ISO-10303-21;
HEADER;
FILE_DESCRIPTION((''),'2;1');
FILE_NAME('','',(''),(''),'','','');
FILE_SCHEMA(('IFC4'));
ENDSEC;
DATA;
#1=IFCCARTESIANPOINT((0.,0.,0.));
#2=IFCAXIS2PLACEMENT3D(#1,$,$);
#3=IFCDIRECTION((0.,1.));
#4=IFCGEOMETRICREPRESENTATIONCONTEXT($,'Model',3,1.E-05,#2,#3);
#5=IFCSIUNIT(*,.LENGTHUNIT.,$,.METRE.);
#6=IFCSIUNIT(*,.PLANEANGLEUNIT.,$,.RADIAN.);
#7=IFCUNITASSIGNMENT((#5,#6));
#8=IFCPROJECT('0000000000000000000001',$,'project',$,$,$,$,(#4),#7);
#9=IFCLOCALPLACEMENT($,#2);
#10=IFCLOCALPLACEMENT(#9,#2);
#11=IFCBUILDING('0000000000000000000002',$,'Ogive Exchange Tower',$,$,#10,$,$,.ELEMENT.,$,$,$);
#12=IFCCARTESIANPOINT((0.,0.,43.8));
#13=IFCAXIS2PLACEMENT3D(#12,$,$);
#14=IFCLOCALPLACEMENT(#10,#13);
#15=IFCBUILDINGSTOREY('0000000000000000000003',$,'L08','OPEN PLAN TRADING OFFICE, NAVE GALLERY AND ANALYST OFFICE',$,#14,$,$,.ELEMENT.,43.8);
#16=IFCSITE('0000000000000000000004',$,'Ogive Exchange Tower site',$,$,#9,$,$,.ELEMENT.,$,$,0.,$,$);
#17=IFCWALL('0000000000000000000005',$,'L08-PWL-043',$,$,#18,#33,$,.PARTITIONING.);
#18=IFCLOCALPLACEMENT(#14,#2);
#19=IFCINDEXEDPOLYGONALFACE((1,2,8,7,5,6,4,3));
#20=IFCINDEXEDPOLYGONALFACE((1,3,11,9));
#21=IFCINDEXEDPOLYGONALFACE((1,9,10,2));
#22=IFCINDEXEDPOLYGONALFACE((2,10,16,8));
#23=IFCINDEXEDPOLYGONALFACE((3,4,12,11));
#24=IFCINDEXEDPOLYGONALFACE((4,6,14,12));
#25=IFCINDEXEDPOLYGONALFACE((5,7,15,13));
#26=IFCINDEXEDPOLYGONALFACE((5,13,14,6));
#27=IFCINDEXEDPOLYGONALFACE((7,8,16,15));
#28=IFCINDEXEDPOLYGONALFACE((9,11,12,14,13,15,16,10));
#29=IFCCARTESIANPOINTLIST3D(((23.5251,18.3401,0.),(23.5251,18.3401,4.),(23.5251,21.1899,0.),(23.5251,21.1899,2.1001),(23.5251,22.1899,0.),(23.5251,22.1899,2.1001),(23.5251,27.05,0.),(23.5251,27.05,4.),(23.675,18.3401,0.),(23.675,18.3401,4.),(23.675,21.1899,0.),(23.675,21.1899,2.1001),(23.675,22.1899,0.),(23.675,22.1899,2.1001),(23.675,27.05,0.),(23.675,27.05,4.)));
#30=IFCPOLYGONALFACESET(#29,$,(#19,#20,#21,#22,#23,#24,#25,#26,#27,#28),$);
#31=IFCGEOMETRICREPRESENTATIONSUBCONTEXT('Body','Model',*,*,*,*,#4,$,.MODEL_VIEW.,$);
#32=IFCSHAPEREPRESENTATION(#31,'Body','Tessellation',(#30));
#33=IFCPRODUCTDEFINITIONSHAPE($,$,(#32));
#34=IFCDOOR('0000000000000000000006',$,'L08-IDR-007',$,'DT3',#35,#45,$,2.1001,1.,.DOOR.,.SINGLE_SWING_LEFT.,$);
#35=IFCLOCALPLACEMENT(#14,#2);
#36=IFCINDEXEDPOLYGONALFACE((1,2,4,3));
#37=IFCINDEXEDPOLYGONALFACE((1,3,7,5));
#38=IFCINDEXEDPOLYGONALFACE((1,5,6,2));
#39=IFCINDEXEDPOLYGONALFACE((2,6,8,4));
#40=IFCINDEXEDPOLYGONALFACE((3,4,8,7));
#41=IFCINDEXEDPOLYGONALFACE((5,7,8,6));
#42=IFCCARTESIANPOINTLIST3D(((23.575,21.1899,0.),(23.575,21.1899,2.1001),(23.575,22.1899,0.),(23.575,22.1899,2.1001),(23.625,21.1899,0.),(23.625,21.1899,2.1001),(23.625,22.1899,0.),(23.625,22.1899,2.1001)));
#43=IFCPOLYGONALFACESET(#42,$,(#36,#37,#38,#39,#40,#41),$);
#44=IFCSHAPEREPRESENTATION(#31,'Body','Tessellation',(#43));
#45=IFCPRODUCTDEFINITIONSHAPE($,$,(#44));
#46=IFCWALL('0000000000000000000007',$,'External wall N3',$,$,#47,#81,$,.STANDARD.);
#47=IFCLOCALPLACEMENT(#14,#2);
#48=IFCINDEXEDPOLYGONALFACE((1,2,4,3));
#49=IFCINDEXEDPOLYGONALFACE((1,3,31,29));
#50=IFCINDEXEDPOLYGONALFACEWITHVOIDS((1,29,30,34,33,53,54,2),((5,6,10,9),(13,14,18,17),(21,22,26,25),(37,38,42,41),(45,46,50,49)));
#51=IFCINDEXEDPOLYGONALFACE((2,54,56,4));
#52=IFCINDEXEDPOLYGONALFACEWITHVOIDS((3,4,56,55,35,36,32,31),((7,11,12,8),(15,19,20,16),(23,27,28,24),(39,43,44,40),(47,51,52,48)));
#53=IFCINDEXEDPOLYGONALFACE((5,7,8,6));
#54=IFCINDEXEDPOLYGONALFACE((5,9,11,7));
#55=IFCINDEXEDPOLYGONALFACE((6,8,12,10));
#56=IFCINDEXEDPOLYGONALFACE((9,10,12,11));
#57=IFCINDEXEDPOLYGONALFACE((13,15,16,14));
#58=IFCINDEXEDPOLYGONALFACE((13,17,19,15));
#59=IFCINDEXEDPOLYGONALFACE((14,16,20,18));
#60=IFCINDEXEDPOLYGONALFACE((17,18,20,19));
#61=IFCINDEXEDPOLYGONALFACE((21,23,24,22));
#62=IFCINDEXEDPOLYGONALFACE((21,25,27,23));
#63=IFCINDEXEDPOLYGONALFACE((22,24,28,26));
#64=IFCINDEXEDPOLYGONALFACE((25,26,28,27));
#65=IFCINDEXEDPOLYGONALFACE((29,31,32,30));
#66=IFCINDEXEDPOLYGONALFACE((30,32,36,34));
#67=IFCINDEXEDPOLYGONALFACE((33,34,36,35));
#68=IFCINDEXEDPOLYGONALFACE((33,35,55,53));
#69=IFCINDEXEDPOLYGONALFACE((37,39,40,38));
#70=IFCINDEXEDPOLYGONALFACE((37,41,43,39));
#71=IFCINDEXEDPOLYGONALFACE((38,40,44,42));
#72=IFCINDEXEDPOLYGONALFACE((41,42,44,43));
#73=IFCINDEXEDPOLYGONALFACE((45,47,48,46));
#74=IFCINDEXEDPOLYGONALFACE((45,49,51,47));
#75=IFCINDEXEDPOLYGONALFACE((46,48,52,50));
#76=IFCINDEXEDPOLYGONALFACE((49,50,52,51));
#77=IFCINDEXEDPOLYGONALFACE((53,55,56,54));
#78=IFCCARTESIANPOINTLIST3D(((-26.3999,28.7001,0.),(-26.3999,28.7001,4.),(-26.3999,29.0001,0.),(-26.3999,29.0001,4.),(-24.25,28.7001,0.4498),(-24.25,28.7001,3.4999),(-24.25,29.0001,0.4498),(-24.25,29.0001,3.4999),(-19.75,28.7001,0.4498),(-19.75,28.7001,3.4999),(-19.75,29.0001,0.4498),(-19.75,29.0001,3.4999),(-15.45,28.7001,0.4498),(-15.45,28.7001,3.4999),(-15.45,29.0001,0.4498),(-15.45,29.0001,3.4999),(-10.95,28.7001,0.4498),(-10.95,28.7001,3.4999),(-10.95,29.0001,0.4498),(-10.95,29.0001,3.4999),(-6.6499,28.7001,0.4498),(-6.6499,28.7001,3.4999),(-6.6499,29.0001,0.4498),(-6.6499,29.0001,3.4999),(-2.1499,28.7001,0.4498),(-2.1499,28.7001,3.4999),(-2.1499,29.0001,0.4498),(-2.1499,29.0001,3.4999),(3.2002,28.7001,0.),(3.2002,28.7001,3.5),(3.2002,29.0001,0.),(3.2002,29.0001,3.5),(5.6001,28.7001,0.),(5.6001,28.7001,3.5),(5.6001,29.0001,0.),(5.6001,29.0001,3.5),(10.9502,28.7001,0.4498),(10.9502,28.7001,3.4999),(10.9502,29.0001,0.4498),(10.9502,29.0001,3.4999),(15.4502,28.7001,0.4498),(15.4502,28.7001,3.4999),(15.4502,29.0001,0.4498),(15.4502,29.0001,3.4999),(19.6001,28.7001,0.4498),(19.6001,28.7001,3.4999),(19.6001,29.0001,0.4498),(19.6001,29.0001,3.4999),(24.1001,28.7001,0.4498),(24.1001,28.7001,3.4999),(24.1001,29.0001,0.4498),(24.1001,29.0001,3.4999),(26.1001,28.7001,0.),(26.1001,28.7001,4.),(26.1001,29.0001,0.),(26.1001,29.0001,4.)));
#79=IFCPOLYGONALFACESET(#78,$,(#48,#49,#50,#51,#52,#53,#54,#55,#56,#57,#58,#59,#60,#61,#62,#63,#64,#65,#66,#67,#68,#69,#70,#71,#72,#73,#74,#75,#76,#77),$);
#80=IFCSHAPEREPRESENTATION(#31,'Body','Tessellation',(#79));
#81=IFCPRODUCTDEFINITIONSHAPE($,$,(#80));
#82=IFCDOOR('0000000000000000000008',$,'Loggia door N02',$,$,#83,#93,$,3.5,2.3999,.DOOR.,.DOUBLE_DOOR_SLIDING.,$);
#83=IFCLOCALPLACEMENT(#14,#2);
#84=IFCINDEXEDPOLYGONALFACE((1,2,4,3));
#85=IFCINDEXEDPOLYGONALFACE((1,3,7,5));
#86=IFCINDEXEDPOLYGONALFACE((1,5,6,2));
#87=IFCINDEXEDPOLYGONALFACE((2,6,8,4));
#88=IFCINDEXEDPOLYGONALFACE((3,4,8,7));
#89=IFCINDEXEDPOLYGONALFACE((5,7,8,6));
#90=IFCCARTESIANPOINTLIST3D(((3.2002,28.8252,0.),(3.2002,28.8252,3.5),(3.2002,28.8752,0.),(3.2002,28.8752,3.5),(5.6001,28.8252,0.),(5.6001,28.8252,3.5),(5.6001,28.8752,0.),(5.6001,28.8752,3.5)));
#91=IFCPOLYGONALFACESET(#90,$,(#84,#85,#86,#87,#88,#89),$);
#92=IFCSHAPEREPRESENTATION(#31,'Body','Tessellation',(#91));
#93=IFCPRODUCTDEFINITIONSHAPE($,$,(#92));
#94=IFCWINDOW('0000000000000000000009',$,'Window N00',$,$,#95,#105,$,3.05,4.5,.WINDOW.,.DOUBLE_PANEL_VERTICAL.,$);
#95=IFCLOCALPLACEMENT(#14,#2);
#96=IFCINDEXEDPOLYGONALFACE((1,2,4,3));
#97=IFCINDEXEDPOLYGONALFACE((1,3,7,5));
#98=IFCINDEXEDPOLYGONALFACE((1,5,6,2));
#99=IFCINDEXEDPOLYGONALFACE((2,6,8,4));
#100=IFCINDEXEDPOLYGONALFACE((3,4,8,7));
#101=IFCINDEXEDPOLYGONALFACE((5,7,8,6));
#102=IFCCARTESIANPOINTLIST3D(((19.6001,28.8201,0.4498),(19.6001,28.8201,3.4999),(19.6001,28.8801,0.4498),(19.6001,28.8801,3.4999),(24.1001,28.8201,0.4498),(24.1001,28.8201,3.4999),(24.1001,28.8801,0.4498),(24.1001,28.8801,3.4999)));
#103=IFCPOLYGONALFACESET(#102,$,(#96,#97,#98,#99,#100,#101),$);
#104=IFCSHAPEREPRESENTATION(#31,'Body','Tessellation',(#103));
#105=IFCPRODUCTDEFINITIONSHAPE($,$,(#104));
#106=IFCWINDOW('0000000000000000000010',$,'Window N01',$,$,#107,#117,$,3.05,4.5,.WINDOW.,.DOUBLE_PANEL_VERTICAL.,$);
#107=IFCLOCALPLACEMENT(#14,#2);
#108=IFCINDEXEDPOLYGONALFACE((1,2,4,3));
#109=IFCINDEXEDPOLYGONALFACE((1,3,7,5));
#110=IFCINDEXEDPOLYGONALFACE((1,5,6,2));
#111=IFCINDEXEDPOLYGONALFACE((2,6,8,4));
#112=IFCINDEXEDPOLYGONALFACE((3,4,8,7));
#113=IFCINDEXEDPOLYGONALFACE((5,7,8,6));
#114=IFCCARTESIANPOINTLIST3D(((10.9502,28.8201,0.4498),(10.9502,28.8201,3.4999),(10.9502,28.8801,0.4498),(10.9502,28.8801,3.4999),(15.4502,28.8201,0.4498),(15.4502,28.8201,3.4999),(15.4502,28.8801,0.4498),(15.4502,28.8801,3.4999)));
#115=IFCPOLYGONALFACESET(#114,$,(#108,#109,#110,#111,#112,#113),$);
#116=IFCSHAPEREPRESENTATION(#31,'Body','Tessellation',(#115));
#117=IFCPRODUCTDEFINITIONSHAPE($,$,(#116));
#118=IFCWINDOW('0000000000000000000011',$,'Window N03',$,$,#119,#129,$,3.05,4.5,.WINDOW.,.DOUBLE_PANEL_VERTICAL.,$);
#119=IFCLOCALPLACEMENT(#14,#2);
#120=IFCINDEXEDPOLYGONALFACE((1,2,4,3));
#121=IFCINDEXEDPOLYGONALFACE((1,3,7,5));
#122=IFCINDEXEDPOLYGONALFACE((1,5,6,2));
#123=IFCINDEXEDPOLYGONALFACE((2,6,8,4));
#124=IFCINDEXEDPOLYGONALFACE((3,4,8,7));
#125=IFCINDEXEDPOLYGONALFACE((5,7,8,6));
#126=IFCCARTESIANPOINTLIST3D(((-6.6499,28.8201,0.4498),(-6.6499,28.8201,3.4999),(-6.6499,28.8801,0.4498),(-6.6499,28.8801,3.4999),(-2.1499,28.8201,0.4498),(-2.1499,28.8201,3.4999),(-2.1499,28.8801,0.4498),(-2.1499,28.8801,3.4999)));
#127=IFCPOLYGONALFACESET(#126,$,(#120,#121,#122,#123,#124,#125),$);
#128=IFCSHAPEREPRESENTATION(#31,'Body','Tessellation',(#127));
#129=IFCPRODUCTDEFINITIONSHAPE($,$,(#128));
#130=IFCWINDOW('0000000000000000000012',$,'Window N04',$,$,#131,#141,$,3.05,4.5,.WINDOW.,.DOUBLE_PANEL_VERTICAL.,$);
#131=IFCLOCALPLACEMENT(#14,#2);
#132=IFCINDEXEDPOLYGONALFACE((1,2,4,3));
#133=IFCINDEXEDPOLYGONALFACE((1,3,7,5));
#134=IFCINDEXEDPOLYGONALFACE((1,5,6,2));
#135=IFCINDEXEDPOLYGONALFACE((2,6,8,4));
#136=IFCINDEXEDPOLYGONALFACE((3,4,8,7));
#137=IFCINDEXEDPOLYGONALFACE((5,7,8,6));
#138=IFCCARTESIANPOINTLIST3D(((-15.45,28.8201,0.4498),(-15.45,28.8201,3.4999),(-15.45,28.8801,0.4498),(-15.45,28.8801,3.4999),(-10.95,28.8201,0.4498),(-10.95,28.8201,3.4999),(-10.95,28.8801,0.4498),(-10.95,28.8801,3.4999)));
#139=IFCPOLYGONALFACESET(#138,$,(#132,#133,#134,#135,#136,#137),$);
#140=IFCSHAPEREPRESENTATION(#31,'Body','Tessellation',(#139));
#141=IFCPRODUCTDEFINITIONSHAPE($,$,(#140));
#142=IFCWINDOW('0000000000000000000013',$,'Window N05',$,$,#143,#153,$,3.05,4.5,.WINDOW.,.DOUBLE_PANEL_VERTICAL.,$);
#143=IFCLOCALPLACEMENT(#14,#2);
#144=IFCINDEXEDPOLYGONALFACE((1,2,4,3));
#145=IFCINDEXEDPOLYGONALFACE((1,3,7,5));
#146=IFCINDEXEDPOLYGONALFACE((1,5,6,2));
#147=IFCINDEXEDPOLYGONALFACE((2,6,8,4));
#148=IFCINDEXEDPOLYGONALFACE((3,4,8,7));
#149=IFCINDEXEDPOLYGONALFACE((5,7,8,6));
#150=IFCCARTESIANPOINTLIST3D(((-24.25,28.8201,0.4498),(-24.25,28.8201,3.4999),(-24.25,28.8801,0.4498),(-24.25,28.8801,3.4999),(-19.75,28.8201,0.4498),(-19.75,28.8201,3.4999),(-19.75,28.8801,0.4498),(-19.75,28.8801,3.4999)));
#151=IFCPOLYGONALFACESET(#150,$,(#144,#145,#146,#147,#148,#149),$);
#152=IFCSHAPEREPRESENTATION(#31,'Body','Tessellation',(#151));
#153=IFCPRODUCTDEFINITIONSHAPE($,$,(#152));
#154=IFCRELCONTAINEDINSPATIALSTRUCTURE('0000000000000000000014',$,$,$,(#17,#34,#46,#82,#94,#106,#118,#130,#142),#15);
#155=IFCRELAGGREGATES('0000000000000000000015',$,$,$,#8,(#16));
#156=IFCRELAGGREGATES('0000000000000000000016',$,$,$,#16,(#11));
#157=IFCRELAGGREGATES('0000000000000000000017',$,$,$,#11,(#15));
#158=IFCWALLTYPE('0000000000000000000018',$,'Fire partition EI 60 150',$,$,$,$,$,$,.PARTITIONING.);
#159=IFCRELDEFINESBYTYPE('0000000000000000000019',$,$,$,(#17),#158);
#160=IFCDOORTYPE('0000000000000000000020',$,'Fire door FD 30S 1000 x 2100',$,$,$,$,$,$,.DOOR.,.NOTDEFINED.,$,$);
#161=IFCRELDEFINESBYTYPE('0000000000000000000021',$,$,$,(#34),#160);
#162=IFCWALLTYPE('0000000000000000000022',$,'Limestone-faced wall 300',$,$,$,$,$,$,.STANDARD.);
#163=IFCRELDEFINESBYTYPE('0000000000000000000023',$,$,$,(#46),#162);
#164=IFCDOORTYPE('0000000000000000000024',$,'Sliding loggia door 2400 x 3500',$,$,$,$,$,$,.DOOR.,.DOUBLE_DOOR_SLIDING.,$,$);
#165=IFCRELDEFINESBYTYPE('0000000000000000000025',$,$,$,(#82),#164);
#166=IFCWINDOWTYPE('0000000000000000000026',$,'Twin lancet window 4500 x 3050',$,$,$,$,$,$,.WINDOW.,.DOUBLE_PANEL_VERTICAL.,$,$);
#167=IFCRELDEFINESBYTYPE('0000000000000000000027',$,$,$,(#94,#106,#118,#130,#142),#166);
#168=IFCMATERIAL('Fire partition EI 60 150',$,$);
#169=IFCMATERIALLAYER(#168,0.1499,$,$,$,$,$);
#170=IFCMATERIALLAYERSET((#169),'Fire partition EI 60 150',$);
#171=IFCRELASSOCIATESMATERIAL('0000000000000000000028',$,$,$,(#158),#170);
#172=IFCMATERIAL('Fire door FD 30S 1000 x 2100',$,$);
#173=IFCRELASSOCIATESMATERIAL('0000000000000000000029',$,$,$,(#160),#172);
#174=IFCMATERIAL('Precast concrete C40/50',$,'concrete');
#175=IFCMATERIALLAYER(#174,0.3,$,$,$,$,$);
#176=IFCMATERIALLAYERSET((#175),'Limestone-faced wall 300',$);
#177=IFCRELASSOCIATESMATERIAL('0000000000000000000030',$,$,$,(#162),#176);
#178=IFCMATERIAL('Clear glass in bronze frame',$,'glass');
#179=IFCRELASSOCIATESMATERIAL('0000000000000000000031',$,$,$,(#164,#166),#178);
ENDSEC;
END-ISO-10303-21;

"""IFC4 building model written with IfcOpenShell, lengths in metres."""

from ifc_helpers import new_model, si_unit, direction, frame, frame_2d, origin, place, context, subcontext, project, spatial, rectangle, extrude, material, layer, layer_set, type_object, element, fill, save


model = new_model("IFC4")

# Units and contexts
model_context = context("Model", 3, precision=1e-05, world=origin(), true_north=direction((0.0, 1.0)))
body_context = subcontext(model_context, "Body", "Model", "MODEL_VIEW")
ifc_project = project(units=[si_unit("LENGTHUNIT", "METRE"), si_unit("PLANEANGLEUNIT", "RADIAN")], contexts=[model_context])

# Site, building, storey
site_placement = place(None, origin())
site = spatial("IfcSite", under=ifc_project, at=site_placement, Name="Ogive Exchange Tower site", CompositionType="ELEMENT", RefElevation=0.0)
building_placement = place(site_placement, origin())
building = spatial("IfcBuilding", under=site, at=building_placement, Name="Ogive Exchange Tower", CompositionType="ELEMENT")
storey_placement = place(building_placement, frame((0.0, 0.0, 43.8)))
storey = spatial("IfcBuildingStorey", under=building, at=storey_placement, Name="L08", Description="OPEN PLAN TRADING OFFICE, NAVE GALLERY AND ANALYST OFFICE", CompositionType="ELEMENT", Elevation=43.8)

# Shared definitions
ifc_material_1 = material(Name="Fire partition EI 60 150")
ifc_layer_1 = layer(ifc_material_1, 0.1499)
ifc_layer_set_1 = layer_set([ifc_layer_1], Name="Fire partition EI 60 150")
wall_type_1 = type_object("IfcWallType", Name="Fire partition EI 60 150", PredefinedType="PARTITIONING", material=ifc_layer_set_1)

# Wall, opening, door
wall_1_placement = place(storey_placement, frame((23.6001, 27.05, 0.0), z_axis=(0.0, 0.0, 1.0), x_axis=(0.0, -1.0, 0.0)))
wall_1 = element("IfcWall", 1, at=wall_1_placement, inside=storey, type_object=wall_type_1, Name="L08-PWL-043", PredefinedType="PARTITIONING", context=body_context, shape_type="SweptSolid", body=[
    extrude(rectangle(XDim=8.71, YDim=0.1499, at=frame_2d((4.355, 0.0))), origin(), (0.0, 0.0, 1.0), 4.0),
])
opening_1_placement = place(wall_1_placement, frame((4.8601, 0.0, 0.0)))
opening_1 = element("IfcOpeningElement", 2, at=opening_1_placement, cuts=wall_1, PredefinedType="OPENING", context=body_context, shape_type="SweptSolid", body=[
    extrude(rectangle(XDim=1.0, YDim=2.1001, at=frame_2d((0.5, 1.05))), frame((0.0, 0.085, 0.0), z_axis=(0.0, -1.0, 0.0), x_axis=(1.0, 0.0, 0.0)), (0.0, 0.0, 1.0), 0.1699),
])
ifc_material_2 = material(Name="Fire door FD 30S 1000 x 2100")
door_type_1 = type_object("IfcDoorType", Name="Fire door FD 30S 1000 x 2100", OperationType="NOTDEFINED", PredefinedType="DOOR", material=ifc_material_2)
door_1_placement = place(opening_1_placement, origin())
door_1 = element("IfcDoor", 3, at=door_1_placement, inside=storey, type_object=door_type_1, Name="L08-IDR-007", ObjectType="DT3", OperationType="SINGLE_SWING_LEFT", OverallHeight=2.1001, OverallWidth=1.0, PredefinedType="DOOR", context=body_context, shape_type="SweptSolid", body=[
    extrude(rectangle(XDim=1.0, YDim=2.1001, at=frame_2d((0.5, 1.05))), frame((0.0, 0.0249, 0.0), z_axis=(0.0, -1.0, 0.0), x_axis=(1.0, 0.0, 0.0)), (0.0, 0.0, 1.0), 0.05),
])
fill(opening_1, door_1)

# Wall, openings, door, windows
ifc_material_3 = material(Name="Precast concrete C40/50", Category="concrete")
ifc_layer_2 = layer(ifc_material_3, 0.3)
ifc_layer_set_2 = layer_set([ifc_layer_2], Name="Limestone-faced wall 300")
wall_type_2 = type_object("IfcWallType", Name="Limestone-faced wall 300", PredefinedType="STANDARD", material=ifc_layer_set_2)
wall_2_placement = place(storey_placement, frame((26.1001, 28.8501, 0.0), z_axis=(0.0, 0.0, 1.0), x_axis=(-1.0, 0.0, 0.0)))
wall_2 = element("IfcWall", 4, at=wall_2_placement, inside=storey, type_object=wall_type_2, Name="External wall N3", PredefinedType="STANDARD", context=body_context, shape_type="SweptSolid", body=[
    extrude(rectangle(XDim=52.5, YDim=0.3, at=frame_2d((26.25, 0.0))), origin(), (0.0, 0.0, 1.0), 4.0),
])
opening_2_placement = place(wall_2_placement, frame((2.0, 0.0, 0.45)))
opening_2 = element("IfcOpeningElement", 5, at=opening_2_placement, cuts=wall_2, PredefinedType="OPENING", context=body_context, shape_type="SweptSolid", body=[
    extrude(rectangle(XDim=4.5, YDim=3.05, at=frame_2d((2.25, 1.5249))), frame((0.0, 0.1599, 0.0), z_axis=(0.0, -1.0, 0.0), x_axis=(1.0, 0.0, 0.0)), (0.0, 0.0, 1.0), 0.3201),
])
opening_3_placement = place(wall_2_placement, frame((10.6499, 0.0, 0.45)))
opening_3 = element("IfcOpeningElement", 6, at=opening_3_placement, cuts=wall_2, PredefinedType="OPENING", context=body_context, shape_type="SweptSolid", body=[
    extrude(rectangle(XDim=4.5, YDim=3.05, at=frame_2d((2.25, 1.5249))), frame((0.0, 0.1599, 0.0), z_axis=(0.0, -1.0, 0.0), x_axis=(1.0, 0.0, 0.0)), (0.0, 0.0, 1.0), 0.3201),
])
opening_4_placement = place(wall_2_placement, frame((20.5, 0.0, 0.0)))
opening_4 = element("IfcOpeningElement", 7, at=opening_4_placement, cuts=wall_2, PredefinedType="OPENING", context=body_context, shape_type="SweptSolid", body=[
    extrude(rectangle(XDim=2.3999, YDim=3.5, at=frame_2d((1.2, 1.75))), frame((0.0, 0.1599, 0.0), z_axis=(0.0, -1.0, 0.0), x_axis=(1.0, 0.0, 0.0)), (0.0, 0.0, 1.0), 0.3201),
])
opening_5_placement = place(wall_2_placement, frame((28.25, 0.0, 0.45)))
opening_5 = element("IfcOpeningElement", 8, at=opening_5_placement, cuts=wall_2, PredefinedType="OPENING", context=body_context, shape_type="SweptSolid", body=[
    extrude(rectangle(XDim=4.5, YDim=3.05, at=frame_2d((2.25, 1.5249))), frame((0.0, 0.1599, 0.0), z_axis=(0.0, -1.0, 0.0), x_axis=(1.0, 0.0, 0.0)), (0.0, 0.0, 1.0), 0.3201),
])
opening_6_placement = place(wall_2_placement, frame((37.05, 0.0, 0.45)))
opening_6 = element("IfcOpeningElement", 9, at=opening_6_placement, cuts=wall_2, PredefinedType="OPENING", context=body_context, shape_type="SweptSolid", body=[
    extrude(rectangle(XDim=4.5, YDim=3.05, at=frame_2d((2.25, 1.5249))), frame((0.0, 0.1599, 0.0), z_axis=(0.0, -1.0, 0.0), x_axis=(1.0, 0.0, 0.0)), (0.0, 0.0, 1.0), 0.3201),
])
opening_7_placement = place(wall_2_placement, frame((45.8501, 0.0, 0.45)))
opening_7 = element("IfcOpeningElement", 10, at=opening_7_placement, cuts=wall_2, PredefinedType="OPENING", context=body_context, shape_type="SweptSolid", body=[
    extrude(rectangle(XDim=4.5, YDim=3.05, at=frame_2d((2.25, 1.5249))), frame((0.0, 0.1599, 0.0), z_axis=(0.0, -1.0, 0.0), x_axis=(1.0, 0.0, 0.0)), (0.0, 0.0, 1.0), 0.3201),
])
ifc_material_4 = material(Name="Clear glass in bronze frame", Category="glass")
door_type_2 = type_object("IfcDoorType", Name="Sliding loggia door 2400 x 3500", OperationType="DOUBLE_DOOR_SLIDING", PredefinedType="DOOR", material=ifc_material_4)
door_2_placement = place(opening_4_placement, origin())
door_2 = element("IfcDoor", 11, at=door_2_placement, inside=storey, type_object=door_type_2, Name="Loggia door N02", OperationType="DOUBLE_DOOR_SLIDING", OverallHeight=3.5, OverallWidth=2.3999, PredefinedType="DOOR", context=body_context, shape_type="SweptSolid", body=[
    extrude(rectangle(XDim=2.3999, YDim=3.5, at=frame_2d((1.2, 1.75))), frame((0.0, 0.0249, 0.0), z_axis=(0.0, -1.0, 0.0), x_axis=(1.0, 0.0, 0.0)), (0.0, 0.0, 1.0), 0.05),
])
fill(opening_4, door_2)
window_type = type_object("IfcWindowType", Name="Twin lancet window 4500 x 3050", PartitioningType="DOUBLE_PANEL_VERTICAL", PredefinedType="WINDOW", material=ifc_material_4)
window_1_placement = place(opening_2_placement, origin())
window_1 = element("IfcWindow", 12, at=window_1_placement, inside=storey, type_object=window_type, Name="Window N00", OverallHeight=3.05, OverallWidth=4.5, PartitioningType="DOUBLE_PANEL_VERTICAL", PredefinedType="WINDOW", context=body_context, shape_type="SweptSolid", body=[
    extrude(rectangle(XDim=4.5, YDim=3.05, at=frame_2d((2.25, 1.5249))), frame((0.0, 0.03, 0.0), z_axis=(0.0, -1.0, 0.0), x_axis=(1.0, 0.0, 0.0)), (0.0, 0.0, 1.0), 0.0601),
])
fill(opening_2, window_1)
window_2_placement = place(opening_3_placement, origin())
window_2 = element("IfcWindow", 13, at=window_2_placement, inside=storey, type_object=window_type, Name="Window N01", OverallHeight=3.05, OverallWidth=4.5, PartitioningType="DOUBLE_PANEL_VERTICAL", PredefinedType="WINDOW", context=body_context, shape_type="SweptSolid", body=[
    extrude(rectangle(XDim=4.5, YDim=3.05, at=frame_2d((2.25, 1.5249))), frame((0.0, 0.03, 0.0), z_axis=(0.0, -1.0, 0.0), x_axis=(1.0, 0.0, 0.0)), (0.0, 0.0, 1.0), 0.0601),
])
fill(opening_3, window_2)
window_3_placement = place(opening_5_placement, origin())
window_3 = element("IfcWindow", 14, at=window_3_placement, inside=storey, type_object=window_type, Name="Window N03", OverallHeight=3.05, OverallWidth=4.5, PartitioningType="DOUBLE_PANEL_VERTICAL", PredefinedType="WINDOW", context=body_context, shape_type="SweptSolid", body=[
    extrude(rectangle(XDim=4.5, YDim=3.05, at=frame_2d((2.25, 1.5249))), frame((0.0, 0.03, 0.0), z_axis=(0.0, -1.0, 0.0), x_axis=(1.0, 0.0, 0.0)), (0.0, 0.0, 1.0), 0.0601),
])
fill(opening_5, window_3)
window_4_placement = place(opening_6_placement, origin())
window_4 = element("IfcWindow", 15, at=window_4_placement, inside=storey, type_object=window_type, Name="Window N04", OverallHeight=3.05, OverallWidth=4.5, PartitioningType="DOUBLE_PANEL_VERTICAL", PredefinedType="WINDOW", context=body_context, shape_type="SweptSolid", body=[
    extrude(rectangle(XDim=4.5, YDim=3.05, at=frame_2d((2.25, 1.5249))), frame((0.0, 0.03, 0.0), z_axis=(0.0, -1.0, 0.0), x_axis=(1.0, 0.0, 0.0)), (0.0, 0.0, 1.0), 0.0601),
])
fill(opening_6, window_4)
window_5_placement = place(opening_7_placement, origin())
window_5 = element("IfcWindow", 16, at=window_5_placement, inside=storey, type_object=window_type, Name="Window N05", OverallHeight=3.05, OverallWidth=4.5, PartitioningType="DOUBLE_PANEL_VERTICAL", PredefinedType="WINDOW", context=body_context, shape_type="SweptSolid", body=[
    extrude(rectangle(XDim=4.5, YDim=3.05, at=frame_2d((2.25, 1.5249))), frame((0.0, 0.03, 0.0), z_axis=(0.0, -1.0, 0.0), x_axis=(1.0, 0.0, 0.0)), (0.0, 0.0, 1.0), 0.0601),
])
fill(opening_7, window_5)

save(model, "model.ifc")
